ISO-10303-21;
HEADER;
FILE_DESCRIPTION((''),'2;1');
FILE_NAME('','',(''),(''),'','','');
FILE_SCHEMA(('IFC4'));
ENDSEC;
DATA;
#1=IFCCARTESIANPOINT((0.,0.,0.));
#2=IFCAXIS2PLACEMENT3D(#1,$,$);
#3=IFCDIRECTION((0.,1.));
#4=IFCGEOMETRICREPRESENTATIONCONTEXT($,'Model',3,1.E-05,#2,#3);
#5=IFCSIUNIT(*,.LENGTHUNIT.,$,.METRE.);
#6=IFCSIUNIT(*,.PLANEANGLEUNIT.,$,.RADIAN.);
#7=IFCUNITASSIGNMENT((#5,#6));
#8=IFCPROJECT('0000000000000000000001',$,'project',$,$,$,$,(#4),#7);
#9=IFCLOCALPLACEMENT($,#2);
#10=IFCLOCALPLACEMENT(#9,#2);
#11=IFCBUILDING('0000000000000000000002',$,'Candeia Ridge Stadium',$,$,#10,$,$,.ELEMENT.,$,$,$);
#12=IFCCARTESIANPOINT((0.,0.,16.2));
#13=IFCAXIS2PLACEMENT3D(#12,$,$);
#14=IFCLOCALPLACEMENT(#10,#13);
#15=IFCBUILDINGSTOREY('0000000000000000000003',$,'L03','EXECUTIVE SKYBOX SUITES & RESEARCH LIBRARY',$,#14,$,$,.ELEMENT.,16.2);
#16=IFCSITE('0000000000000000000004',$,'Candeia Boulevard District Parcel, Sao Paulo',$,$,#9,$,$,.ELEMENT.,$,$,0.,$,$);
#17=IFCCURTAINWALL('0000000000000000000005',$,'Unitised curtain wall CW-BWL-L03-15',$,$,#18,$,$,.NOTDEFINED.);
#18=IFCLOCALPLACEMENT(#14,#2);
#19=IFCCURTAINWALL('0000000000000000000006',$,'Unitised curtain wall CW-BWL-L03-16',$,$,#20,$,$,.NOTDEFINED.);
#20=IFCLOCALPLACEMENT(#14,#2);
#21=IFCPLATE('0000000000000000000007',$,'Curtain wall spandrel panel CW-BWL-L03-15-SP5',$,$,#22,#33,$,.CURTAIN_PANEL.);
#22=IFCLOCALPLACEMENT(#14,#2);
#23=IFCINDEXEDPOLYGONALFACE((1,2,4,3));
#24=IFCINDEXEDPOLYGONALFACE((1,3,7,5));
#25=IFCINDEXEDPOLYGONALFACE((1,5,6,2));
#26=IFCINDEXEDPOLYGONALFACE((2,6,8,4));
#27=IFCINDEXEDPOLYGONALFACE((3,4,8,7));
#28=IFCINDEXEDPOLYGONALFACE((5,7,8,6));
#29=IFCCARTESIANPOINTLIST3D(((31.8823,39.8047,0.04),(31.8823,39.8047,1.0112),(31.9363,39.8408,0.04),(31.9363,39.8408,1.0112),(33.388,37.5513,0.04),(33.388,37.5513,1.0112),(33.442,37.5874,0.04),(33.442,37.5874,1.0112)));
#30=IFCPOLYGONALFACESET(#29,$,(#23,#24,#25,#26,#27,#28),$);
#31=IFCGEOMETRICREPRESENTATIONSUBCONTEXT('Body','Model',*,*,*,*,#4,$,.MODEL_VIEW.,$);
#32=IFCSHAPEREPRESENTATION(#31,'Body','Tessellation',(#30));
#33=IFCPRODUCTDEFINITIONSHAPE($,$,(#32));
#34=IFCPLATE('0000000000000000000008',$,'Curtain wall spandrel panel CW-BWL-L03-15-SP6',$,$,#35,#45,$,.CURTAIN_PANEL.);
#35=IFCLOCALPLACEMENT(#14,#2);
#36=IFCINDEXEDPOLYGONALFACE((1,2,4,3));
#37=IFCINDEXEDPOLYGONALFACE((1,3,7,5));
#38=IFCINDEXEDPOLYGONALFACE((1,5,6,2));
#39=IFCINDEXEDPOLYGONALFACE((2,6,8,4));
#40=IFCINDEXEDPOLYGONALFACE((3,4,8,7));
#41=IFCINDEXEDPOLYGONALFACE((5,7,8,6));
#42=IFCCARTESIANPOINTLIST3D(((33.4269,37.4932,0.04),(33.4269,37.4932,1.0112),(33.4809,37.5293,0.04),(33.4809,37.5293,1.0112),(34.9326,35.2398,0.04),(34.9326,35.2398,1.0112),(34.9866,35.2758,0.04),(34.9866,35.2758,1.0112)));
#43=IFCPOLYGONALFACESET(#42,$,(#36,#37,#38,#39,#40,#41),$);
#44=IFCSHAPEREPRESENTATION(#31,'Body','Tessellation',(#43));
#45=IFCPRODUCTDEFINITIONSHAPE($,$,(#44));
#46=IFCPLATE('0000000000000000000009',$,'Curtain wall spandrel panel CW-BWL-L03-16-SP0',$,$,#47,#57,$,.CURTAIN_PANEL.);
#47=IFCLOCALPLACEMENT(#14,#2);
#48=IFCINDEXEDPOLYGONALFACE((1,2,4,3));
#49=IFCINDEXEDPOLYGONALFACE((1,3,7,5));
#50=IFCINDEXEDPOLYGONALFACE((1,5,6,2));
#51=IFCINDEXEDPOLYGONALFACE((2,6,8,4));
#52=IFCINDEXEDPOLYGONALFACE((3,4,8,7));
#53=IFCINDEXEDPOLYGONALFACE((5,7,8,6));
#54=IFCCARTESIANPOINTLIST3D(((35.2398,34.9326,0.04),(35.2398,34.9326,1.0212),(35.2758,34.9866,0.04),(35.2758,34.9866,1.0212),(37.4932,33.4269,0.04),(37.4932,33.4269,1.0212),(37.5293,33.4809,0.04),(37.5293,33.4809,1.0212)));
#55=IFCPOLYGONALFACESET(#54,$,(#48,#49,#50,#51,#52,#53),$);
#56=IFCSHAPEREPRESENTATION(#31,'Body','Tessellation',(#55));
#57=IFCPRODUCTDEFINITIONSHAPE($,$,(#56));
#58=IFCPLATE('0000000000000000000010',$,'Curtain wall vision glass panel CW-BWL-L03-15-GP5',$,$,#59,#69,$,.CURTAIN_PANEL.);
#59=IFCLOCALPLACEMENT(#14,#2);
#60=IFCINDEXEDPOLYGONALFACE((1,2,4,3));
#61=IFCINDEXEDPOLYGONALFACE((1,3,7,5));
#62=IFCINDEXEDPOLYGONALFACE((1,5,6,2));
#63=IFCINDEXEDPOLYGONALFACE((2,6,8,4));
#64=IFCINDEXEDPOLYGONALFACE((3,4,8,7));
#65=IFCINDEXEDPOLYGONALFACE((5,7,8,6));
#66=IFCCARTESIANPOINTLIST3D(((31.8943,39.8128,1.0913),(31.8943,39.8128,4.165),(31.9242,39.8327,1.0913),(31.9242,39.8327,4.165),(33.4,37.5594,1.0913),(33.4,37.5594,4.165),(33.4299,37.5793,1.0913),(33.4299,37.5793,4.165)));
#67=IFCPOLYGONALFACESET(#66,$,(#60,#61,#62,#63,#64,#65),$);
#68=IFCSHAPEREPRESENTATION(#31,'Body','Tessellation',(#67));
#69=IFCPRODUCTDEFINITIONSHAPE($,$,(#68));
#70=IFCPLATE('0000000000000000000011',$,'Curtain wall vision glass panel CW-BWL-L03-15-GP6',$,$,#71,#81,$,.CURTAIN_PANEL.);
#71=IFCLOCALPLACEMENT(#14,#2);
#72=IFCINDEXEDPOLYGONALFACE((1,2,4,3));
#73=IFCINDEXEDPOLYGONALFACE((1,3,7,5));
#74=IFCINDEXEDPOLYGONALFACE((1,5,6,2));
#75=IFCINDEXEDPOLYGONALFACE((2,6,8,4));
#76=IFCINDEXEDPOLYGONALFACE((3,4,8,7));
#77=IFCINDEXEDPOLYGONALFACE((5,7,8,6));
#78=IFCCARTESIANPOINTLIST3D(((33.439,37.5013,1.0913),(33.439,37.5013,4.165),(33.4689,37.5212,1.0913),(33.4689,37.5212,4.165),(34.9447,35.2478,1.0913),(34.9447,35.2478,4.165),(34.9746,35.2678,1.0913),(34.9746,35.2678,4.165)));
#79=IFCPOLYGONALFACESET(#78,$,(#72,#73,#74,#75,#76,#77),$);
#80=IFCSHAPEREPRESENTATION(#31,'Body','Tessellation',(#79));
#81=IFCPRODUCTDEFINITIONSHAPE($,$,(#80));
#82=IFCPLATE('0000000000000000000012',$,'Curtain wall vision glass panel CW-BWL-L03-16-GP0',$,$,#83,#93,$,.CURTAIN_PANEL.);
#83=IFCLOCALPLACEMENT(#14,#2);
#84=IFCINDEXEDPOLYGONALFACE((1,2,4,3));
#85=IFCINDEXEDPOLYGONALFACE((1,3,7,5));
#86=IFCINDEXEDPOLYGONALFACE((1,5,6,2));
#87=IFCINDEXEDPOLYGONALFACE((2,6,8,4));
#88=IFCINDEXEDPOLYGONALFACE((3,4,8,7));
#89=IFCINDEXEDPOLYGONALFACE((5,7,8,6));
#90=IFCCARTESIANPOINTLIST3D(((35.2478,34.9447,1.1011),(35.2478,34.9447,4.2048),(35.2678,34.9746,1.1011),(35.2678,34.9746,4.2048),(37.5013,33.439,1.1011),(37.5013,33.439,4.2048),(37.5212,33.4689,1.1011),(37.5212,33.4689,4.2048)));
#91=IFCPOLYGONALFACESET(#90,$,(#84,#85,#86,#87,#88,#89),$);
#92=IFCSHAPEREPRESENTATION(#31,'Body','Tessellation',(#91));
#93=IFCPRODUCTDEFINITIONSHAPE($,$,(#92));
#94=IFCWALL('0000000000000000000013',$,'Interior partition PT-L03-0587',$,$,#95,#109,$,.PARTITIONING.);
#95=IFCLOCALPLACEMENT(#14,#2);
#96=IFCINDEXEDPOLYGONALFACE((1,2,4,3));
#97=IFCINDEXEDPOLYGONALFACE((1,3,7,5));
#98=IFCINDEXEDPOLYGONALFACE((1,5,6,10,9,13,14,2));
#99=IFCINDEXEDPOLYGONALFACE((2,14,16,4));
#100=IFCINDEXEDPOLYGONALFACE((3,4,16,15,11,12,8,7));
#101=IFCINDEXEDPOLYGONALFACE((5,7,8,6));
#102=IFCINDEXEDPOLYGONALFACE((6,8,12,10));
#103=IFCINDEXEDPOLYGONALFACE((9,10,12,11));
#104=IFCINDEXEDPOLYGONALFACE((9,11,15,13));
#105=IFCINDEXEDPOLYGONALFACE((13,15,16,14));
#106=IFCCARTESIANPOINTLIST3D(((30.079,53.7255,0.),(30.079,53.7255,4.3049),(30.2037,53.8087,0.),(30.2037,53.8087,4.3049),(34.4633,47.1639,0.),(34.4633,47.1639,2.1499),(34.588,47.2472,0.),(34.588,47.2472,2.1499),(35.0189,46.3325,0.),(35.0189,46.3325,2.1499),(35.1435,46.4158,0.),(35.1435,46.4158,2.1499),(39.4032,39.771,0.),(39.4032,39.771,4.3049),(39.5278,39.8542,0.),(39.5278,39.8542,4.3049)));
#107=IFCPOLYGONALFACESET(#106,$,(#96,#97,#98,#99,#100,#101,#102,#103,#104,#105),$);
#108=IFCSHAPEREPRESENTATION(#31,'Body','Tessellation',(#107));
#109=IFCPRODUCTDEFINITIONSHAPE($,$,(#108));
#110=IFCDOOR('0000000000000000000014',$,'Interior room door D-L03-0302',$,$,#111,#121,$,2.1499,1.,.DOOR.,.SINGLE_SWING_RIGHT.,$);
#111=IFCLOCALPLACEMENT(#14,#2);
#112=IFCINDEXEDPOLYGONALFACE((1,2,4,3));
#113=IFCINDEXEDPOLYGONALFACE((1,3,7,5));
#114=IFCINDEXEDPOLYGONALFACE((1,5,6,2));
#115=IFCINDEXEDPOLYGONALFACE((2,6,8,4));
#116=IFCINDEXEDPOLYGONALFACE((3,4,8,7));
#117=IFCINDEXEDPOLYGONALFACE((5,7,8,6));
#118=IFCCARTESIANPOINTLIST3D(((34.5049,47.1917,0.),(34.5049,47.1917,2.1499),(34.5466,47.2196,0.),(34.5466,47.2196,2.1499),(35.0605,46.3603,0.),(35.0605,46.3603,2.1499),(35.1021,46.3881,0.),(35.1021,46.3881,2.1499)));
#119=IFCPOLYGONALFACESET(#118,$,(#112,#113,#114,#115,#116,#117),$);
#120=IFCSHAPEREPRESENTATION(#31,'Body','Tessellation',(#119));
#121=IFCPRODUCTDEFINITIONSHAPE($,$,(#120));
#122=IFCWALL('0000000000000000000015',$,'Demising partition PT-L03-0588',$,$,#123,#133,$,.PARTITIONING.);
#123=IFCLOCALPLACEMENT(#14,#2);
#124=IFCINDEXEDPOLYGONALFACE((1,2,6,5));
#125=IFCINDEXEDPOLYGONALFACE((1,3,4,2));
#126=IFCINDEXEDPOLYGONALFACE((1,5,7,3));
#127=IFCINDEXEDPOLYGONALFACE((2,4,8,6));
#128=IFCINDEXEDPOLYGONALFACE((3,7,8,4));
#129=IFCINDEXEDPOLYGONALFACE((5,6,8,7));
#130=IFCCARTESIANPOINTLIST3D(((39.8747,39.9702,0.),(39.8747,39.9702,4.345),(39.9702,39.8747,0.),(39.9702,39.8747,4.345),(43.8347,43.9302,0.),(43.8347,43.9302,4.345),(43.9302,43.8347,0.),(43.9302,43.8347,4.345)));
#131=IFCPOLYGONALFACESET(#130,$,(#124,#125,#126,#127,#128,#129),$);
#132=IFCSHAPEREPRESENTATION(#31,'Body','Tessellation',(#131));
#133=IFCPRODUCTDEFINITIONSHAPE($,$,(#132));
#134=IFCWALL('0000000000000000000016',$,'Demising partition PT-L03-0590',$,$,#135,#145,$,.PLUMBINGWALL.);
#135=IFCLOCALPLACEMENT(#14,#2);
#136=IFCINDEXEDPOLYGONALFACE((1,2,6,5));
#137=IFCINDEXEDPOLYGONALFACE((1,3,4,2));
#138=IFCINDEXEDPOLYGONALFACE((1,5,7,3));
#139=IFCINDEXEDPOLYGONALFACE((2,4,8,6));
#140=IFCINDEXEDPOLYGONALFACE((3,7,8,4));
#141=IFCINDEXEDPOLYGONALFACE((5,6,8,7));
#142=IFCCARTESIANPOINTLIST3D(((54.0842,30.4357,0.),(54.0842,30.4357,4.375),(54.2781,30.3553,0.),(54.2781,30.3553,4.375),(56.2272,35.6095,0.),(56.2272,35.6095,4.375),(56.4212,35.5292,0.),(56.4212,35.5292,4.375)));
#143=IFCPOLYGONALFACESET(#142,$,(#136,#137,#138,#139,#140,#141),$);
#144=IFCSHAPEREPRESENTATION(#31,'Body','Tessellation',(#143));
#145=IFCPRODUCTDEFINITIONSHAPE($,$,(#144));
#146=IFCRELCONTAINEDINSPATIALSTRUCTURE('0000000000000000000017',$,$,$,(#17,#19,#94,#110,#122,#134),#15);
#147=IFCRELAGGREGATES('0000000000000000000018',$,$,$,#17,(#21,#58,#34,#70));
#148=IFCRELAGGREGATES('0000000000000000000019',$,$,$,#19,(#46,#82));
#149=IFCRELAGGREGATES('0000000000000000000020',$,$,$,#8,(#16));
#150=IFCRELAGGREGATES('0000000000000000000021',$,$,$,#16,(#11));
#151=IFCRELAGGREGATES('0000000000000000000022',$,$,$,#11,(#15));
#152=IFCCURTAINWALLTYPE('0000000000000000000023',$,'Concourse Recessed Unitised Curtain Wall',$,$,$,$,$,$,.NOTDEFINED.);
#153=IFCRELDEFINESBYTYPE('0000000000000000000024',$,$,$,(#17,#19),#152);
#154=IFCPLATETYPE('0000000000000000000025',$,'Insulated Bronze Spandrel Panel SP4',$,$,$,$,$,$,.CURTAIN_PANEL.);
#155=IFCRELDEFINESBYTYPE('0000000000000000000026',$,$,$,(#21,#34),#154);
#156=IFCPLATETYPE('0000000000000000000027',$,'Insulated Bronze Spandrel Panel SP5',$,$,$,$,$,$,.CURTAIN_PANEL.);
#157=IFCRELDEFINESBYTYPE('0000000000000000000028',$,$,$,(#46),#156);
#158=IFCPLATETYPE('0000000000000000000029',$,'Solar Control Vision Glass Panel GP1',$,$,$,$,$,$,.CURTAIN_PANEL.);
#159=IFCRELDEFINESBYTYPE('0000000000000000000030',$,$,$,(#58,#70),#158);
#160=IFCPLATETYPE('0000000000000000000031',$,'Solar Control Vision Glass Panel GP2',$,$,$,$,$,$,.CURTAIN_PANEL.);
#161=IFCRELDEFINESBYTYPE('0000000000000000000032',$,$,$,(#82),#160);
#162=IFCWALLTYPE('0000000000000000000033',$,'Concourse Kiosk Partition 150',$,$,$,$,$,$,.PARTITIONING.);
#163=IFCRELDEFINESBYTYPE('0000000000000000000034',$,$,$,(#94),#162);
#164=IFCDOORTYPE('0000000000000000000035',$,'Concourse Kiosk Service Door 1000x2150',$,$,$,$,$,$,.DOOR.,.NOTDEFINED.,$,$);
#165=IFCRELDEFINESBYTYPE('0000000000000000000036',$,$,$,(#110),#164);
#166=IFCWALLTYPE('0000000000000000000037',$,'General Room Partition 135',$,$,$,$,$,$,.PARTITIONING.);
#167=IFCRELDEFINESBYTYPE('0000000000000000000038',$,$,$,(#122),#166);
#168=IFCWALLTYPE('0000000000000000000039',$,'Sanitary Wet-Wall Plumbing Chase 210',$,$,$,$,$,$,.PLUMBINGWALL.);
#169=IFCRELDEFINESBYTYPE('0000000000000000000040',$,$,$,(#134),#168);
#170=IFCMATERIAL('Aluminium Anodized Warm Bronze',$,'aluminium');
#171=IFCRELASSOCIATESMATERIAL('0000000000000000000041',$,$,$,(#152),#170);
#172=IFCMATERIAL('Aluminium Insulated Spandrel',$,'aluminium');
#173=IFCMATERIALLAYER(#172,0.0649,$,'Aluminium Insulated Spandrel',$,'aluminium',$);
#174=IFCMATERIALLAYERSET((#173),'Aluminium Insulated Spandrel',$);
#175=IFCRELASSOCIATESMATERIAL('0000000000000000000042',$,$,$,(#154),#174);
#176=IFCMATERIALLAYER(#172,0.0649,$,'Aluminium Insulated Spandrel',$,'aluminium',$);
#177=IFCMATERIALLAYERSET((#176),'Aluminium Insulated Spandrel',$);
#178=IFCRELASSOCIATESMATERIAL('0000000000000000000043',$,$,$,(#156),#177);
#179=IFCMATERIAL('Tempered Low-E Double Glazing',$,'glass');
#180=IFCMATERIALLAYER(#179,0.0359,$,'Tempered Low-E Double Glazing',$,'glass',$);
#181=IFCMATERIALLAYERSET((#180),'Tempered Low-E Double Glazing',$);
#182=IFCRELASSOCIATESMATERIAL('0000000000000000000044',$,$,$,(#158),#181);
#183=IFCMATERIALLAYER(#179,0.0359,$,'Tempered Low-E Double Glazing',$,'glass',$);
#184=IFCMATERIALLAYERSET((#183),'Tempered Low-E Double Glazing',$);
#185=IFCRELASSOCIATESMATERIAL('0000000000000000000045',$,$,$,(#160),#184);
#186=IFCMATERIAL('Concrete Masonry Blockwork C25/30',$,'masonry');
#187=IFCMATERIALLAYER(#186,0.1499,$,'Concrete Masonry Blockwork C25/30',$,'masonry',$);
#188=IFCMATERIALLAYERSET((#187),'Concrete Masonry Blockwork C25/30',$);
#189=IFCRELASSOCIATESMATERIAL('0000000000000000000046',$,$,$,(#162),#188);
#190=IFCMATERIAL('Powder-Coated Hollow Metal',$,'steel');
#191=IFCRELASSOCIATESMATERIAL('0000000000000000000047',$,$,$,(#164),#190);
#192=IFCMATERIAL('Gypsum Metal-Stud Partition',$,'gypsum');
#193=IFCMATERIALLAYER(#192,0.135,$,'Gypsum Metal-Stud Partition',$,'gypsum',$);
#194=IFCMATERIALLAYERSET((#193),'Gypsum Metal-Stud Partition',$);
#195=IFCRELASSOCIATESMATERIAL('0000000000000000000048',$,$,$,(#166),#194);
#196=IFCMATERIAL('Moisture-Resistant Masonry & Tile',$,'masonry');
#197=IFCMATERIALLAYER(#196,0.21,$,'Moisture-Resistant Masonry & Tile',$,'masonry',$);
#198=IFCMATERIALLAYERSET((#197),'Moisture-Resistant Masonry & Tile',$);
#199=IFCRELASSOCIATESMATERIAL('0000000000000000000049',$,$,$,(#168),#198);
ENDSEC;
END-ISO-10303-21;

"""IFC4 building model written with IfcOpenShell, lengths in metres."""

from ifc_helpers import new_model, si_unit, direction, frame, frame_2d, origin, origin_2d, place, context, subcontext, project, spatial, rectangle, extrude, material, layer, layer_set, type_object, element, fill, aggregate, save


model = new_model("IFC4")

# Units and contexts
model_context = context("Model", 3, precision=1e-05, world=origin(), true_north=direction((0.0, 1.0)))
body_context = subcontext(model_context, "Body", "Model", "MODEL_VIEW")
ifc_project = project(units=[si_unit("LENGTHUNIT", "METRE"), si_unit("PLANEANGLEUNIT", "RADIAN")], contexts=[model_context])

# Site, building, storey
site_placement = place(None, origin())
site = spatial("IfcSite", under=ifc_project, at=site_placement, Name="Candeia Boulevard District Parcel, Sao Paulo", CompositionType="ELEMENT", RefElevation=0.0)
building_placement = place(site_placement, origin())
building = spatial("IfcBuilding", under=site, at=building_placement, Name="Candeia Ridge Stadium", CompositionType="ELEMENT")
storey_placement = place(building_placement, frame((0.0, 0.0, 16.2)))
storey = spatial("IfcBuildingStorey", under=building, at=storey_placement, Name="L03", Description="EXECUTIVE SKYBOX SUITES & RESEARCH LIBRARY", CompositionType="ELEMENT", Elevation=16.2)

# Curtain walls
ifc_material_1 = material(Name="Aluminium Anodized Warm Bronze", Category="aluminium")
curtain_wall_type = type_object("IfcCurtainWallType", Name="Concourse Recessed Unitised Curtain Wall", PredefinedType="NOTDEFINED", material=ifc_material_1)
curtain_wall_1_placement = place(storey_placement, origin())
curtain_wall_1 = element("IfcCurtainWall", 1, at=curtain_wall_1_placement, inside=storey, type_object=curtain_wall_type, Name="Unitised curtain wall CW-BWL-L03-15", PredefinedType="NOTDEFINED")
curtain_wall_2_placement = place(storey_placement, origin())
curtain_wall_2 = element("IfcCurtainWall", 2, at=curtain_wall_2_placement, inside=storey, type_object=curtain_wall_type, Name="Unitised curtain wall CW-BWL-L03-16", PredefinedType="NOTDEFINED")

# Plates
ifc_material_2 = material(Name="Aluminium Insulated Spandrel", Category="aluminium")
ifc_layer_1 = layer(ifc_material_2, 0.0649, Name="Aluminium Insulated Spandrel", Category="aluminium")
ifc_layer_set_1 = layer_set([ifc_layer_1], Name="Aluminium Insulated Spandrel")
plate_type_1 = type_object("IfcPlateType", Name="Insulated Bronze Spandrel Panel SP4", PredefinedType="CURTAIN_PANEL", material=ifc_layer_set_1)
plate_1_placement = place(storey_placement, frame((32.6621, 38.696, 0.04), z_axis=(0.0, 0.0, 1.0), x_axis=(0.555571, -0.831469, 0.0)))
plate_1 = element("IfcPlate", 3, at=plate_1_placement, type_object=plate_type_1, Name="Curtain wall spandrel panel CW-BWL-L03-15-SP5", PredefinedType="CURTAIN_PANEL", context=body_context, shape_type="SweptSolid", body=[
    extrude(rectangle(XDim=2.7102, YDim=0.0649, at=origin_2d()), origin(), (0.0, 0.0, 1.0), 0.9712),
])
plate_2_placement = place(storey_placement, frame((34.2068, 36.3845, 0.04), z_axis=(0.0, 0.0, 1.0), x_axis=(0.555571, -0.831469, 0.0)))
plate_2 = element("IfcPlate", 4, at=plate_2_placement, type_object=plate_type_1, Name="Curtain wall spandrel panel CW-BWL-L03-15-SP6", PredefinedType="CURTAIN_PANEL", context=body_context, shape_type="SweptSolid", body=[
    extrude(rectangle(XDim=2.7102, YDim=0.0649, at=origin_2d()), origin(), (0.0, 0.0, 1.0), 0.9712),
])
ifc_layer_2 = layer(ifc_material_2, 0.0649, Name="Aluminium Insulated Spandrel", Category="aluminium")
ifc_layer_set_2 = layer_set([ifc_layer_2], Name="Aluminium Insulated Spandrel")
plate_type_2 = type_object("IfcPlateType", Name="Insulated Bronze Spandrel Panel SP5", PredefinedType="CURTAIN_PANEL", material=ifc_layer_set_2)
plate_3_placement = place(storey_placement, frame((36.3845, 34.2068, 0.04), z_axis=(0.0, 0.0, 1.0), x_axis=(0.831469, -0.555571, 0.0)))
plate_3 = element("IfcPlate", 5, at=plate_3_placement, type_object=plate_type_2, Name="Curtain wall spandrel panel CW-BWL-L03-16-SP0", PredefinedType="CURTAIN_PANEL", context=body_context, shape_type="SweptSolid", body=[
    extrude(rectangle(XDim=2.7102, YDim=0.0649, at=origin_2d()), origin(), (0.0, 0.0, 1.0), 0.9812),
])
ifc_material_3 = material(Name="Tempered Low-E Double Glazing", Category="glass")
ifc_layer_3 = layer(ifc_material_3, 0.0359, Name="Tempered Low-E Double Glazing", Category="glass")
ifc_layer_set_3 = layer_set([ifc_layer_3], Name="Tempered Low-E Double Glazing")
plate_type_3 = type_object("IfcPlateType", Name="Solar Control Vision Glass Panel GP1", PredefinedType="CURTAIN_PANEL", material=ifc_layer_set_3)
plate_4_placement = place(storey_placement, frame((32.6621, 38.696, 1.0913), z_axis=(0.0, 0.0, 1.0), x_axis=(0.555571, -0.831469, 0.0)))
plate_4 = element("IfcPlate", 6, at=plate_4_placement, type_object=plate_type_3, Name="Curtain wall vision glass panel CW-BWL-L03-15-GP5", PredefinedType="CURTAIN_PANEL", context=body_context, shape_type="SweptSolid", body=[
    extrude(rectangle(XDim=2.7102, YDim=0.0359, at=origin_2d()), origin(), (0.0, 0.0, 1.0), 3.0737),
])
plate_5_placement = place(storey_placement, frame((34.2068, 36.3845, 1.0913), z_axis=(0.0, 0.0, 1.0), x_axis=(0.555571, -0.831469, 0.0)))
plate_5 = element("IfcPlate", 7, at=plate_5_placement, type_object=plate_type_3, Name="Curtain wall vision glass panel CW-BWL-L03-15-GP6", PredefinedType="CURTAIN_PANEL", context=body_context, shape_type="SweptSolid", body=[
    extrude(rectangle(XDim=2.7102, YDim=0.0359, at=origin_2d()), origin(), (0.0, 0.0, 1.0), 3.0737),
])
aggregate(curtain_wall_1, [plate_1, plate_4, plate_2, plate_5])
ifc_layer_4 = layer(ifc_material_3, 0.0359, Name="Tempered Low-E Double Glazing", Category="glass")
ifc_layer_set_4 = layer_set([ifc_layer_4], Name="Tempered Low-E Double Glazing")
plate_type_4 = type_object("IfcPlateType", Name="Solar Control Vision Glass Panel GP2", PredefinedType="CURTAIN_PANEL", material=ifc_layer_set_4)
plate_6_placement = place(storey_placement, frame((36.3845, 34.2068, 1.1011), z_axis=(0.0, 0.0, 1.0), x_axis=(0.831469, -0.555571, 0.0)))
plate_6 = element("IfcPlate", 8, at=plate_6_placement, type_object=plate_type_4, Name="Curtain wall vision glass panel CW-BWL-L03-16-GP0", PredefinedType="CURTAIN_PANEL", context=body_context, shape_type="SweptSolid", body=[
    extrude(rectangle(XDim=2.7102, YDim=0.0359, at=origin_2d()), origin(), (0.0, 0.0, 1.0), 3.1038),
])
aggregate(curtain_wall_2, [plate_3, plate_6])

# Wall, opening, door
ifc_material_4 = material(Name="Concrete Masonry Blockwork C25/30", Category="masonry")
ifc_layer_5 = layer(ifc_material_4, 0.1499, Name="Concrete Masonry Blockwork C25/30", Category="masonry")
ifc_layer_set_5 = layer_set([ifc_layer_5], Name="Concrete Masonry Blockwork C25/30")
wall_type_1 = type_object("IfcWallType", Name="Concourse Kiosk Partition 150", PredefinedType="PARTITIONING", material=ifc_layer_set_5)
wall_1_placement = place(storey_placement, frame((39.4656, 39.8125, 0.0), z_axis=(0.0, 0.0, 1.0), x_axis=(-0.555573, 0.831468, 0.0)))
wall_1 = element("IfcWall", 9, at=wall_1_placement, inside=storey, type_object=wall_type_1, Name="Interior partition PT-L03-0587", PredefinedType="PARTITIONING", context=body_context, shape_type="SweptSolid", body=[
    extrude(rectangle(XDim=16.783, YDim=0.1499, at=frame_2d((8.3916, 0.0))), origin(), (0.0, 0.0, 1.0), 4.3049),
])
opening_placement = place(wall_1_placement, frame((7.8916, 0.0, 0.0)))
opening = element("IfcOpeningElement", 10, at=opening_placement, cuts=wall_1, PredefinedType="OPENING", context=body_context, shape_type="SweptSolid", body=[
    extrude(rectangle(XDim=1.0, YDim=2.1499, at=frame_2d((0.5, 1.075))), frame((0.0, 0.085, 0.0), z_axis=(0.0, -1.0, 0.0), x_axis=(1.0, 0.0, 0.0)), (0.0, 0.0, 1.0), 0.1699),
])
ifc_material_5 = material(Name="Powder-Coated Hollow Metal", Category="steel")
door_type = type_object("IfcDoorType", Name="Concourse Kiosk Service Door 1000x2150", OperationType="NOTDEFINED", PredefinedType="DOOR", material=ifc_material_5)
door_placement = place(opening_placement, origin())
door = element("IfcDoor", 11, at=door_placement, inside=storey, type_object=door_type, Name="Interior room door D-L03-0302", OperationType="SINGLE_SWING_RIGHT", OverallHeight=2.1499, OverallWidth=1.0, PredefinedType="DOOR", context=body_context, shape_type="SweptSolid", body=[
    extrude(rectangle(XDim=1.0, YDim=2.1499, at=frame_2d((0.5, 1.075))), frame((0.0, 0.0249, 0.0), z_axis=(0.0, -1.0, 0.0), x_axis=(1.0, 0.0, 0.0)), (0.0, 0.0, 1.0), 0.05),
])
fill(opening, door)

# Walls
ifc_material_6 = material(Name="Gypsum Metal-Stud Partition", Category="gypsum")
ifc_layer_6 = layer(ifc_material_6, 0.135, Name="Gypsum Metal-Stud Partition", Category="gypsum")
ifc_layer_set_6 = layer_set([ifc_layer_6], Name="Gypsum Metal-Stud Partition")
wall_type_2 = type_object("IfcWallType", Name="General Room Partition 135", PredefinedType="PARTITIONING", material=ifc_layer_set_6)
wall_2_placement = place(storey_placement, frame((43.8826, 43.8826, 0.0), z_axis=(0.0, 0.0, 1.0), x_axis=(-0.707107, -0.707107, 0.0)))
element("IfcWall", 12, at=wall_2_placement, inside=storey, type_object=wall_type_2, Name="Demising partition PT-L03-0588", PredefinedType="PARTITIONING", context=body_context, shape_type="SweptSolid", body=[
    extrude(rectangle(XDim=5.6003, YDim=0.135, at=frame_2d((2.8003, 0.0))), origin(), (0.0, 0.0, 1.0), 4.345),
])
ifc_material_7 = material(Name="Moisture-Resistant Masonry & Tile", Category="masonry")
ifc_layer_7 = layer(ifc_material_7, 0.21, Name="Moisture-Resistant Masonry & Tile", Category="masonry")
ifc_layer_set_7 = layer_set([ifc_layer_7], Name="Moisture-Resistant Masonry & Tile")
wall_type_3 = type_object("IfcWallType", Name="Sanitary Wet-Wall Plumbing Chase 210", PredefinedType="PLUMBINGWALL", material=ifc_layer_set_7)
wall_3_placement = place(storey_placement, frame((56.3242, 35.5693, 0.0), z_axis=(0.0, 0.0, 1.0), x_axis=(-0.382683, -0.92388, 0.0)))
element("IfcWall", 13, at=wall_3_placement, inside=storey, type_object=wall_type_3, Name="Demising partition PT-L03-0590", PredefinedType="PLUMBINGWALL", context=body_context, shape_type="SweptSolid", body=[
    extrude(rectangle(XDim=5.6001, YDim=0.21, at=frame_2d((2.8, 0.0))), origin(), (0.0, 0.0, 1.0), 4.375),
])

save(model, "model.ifc")
